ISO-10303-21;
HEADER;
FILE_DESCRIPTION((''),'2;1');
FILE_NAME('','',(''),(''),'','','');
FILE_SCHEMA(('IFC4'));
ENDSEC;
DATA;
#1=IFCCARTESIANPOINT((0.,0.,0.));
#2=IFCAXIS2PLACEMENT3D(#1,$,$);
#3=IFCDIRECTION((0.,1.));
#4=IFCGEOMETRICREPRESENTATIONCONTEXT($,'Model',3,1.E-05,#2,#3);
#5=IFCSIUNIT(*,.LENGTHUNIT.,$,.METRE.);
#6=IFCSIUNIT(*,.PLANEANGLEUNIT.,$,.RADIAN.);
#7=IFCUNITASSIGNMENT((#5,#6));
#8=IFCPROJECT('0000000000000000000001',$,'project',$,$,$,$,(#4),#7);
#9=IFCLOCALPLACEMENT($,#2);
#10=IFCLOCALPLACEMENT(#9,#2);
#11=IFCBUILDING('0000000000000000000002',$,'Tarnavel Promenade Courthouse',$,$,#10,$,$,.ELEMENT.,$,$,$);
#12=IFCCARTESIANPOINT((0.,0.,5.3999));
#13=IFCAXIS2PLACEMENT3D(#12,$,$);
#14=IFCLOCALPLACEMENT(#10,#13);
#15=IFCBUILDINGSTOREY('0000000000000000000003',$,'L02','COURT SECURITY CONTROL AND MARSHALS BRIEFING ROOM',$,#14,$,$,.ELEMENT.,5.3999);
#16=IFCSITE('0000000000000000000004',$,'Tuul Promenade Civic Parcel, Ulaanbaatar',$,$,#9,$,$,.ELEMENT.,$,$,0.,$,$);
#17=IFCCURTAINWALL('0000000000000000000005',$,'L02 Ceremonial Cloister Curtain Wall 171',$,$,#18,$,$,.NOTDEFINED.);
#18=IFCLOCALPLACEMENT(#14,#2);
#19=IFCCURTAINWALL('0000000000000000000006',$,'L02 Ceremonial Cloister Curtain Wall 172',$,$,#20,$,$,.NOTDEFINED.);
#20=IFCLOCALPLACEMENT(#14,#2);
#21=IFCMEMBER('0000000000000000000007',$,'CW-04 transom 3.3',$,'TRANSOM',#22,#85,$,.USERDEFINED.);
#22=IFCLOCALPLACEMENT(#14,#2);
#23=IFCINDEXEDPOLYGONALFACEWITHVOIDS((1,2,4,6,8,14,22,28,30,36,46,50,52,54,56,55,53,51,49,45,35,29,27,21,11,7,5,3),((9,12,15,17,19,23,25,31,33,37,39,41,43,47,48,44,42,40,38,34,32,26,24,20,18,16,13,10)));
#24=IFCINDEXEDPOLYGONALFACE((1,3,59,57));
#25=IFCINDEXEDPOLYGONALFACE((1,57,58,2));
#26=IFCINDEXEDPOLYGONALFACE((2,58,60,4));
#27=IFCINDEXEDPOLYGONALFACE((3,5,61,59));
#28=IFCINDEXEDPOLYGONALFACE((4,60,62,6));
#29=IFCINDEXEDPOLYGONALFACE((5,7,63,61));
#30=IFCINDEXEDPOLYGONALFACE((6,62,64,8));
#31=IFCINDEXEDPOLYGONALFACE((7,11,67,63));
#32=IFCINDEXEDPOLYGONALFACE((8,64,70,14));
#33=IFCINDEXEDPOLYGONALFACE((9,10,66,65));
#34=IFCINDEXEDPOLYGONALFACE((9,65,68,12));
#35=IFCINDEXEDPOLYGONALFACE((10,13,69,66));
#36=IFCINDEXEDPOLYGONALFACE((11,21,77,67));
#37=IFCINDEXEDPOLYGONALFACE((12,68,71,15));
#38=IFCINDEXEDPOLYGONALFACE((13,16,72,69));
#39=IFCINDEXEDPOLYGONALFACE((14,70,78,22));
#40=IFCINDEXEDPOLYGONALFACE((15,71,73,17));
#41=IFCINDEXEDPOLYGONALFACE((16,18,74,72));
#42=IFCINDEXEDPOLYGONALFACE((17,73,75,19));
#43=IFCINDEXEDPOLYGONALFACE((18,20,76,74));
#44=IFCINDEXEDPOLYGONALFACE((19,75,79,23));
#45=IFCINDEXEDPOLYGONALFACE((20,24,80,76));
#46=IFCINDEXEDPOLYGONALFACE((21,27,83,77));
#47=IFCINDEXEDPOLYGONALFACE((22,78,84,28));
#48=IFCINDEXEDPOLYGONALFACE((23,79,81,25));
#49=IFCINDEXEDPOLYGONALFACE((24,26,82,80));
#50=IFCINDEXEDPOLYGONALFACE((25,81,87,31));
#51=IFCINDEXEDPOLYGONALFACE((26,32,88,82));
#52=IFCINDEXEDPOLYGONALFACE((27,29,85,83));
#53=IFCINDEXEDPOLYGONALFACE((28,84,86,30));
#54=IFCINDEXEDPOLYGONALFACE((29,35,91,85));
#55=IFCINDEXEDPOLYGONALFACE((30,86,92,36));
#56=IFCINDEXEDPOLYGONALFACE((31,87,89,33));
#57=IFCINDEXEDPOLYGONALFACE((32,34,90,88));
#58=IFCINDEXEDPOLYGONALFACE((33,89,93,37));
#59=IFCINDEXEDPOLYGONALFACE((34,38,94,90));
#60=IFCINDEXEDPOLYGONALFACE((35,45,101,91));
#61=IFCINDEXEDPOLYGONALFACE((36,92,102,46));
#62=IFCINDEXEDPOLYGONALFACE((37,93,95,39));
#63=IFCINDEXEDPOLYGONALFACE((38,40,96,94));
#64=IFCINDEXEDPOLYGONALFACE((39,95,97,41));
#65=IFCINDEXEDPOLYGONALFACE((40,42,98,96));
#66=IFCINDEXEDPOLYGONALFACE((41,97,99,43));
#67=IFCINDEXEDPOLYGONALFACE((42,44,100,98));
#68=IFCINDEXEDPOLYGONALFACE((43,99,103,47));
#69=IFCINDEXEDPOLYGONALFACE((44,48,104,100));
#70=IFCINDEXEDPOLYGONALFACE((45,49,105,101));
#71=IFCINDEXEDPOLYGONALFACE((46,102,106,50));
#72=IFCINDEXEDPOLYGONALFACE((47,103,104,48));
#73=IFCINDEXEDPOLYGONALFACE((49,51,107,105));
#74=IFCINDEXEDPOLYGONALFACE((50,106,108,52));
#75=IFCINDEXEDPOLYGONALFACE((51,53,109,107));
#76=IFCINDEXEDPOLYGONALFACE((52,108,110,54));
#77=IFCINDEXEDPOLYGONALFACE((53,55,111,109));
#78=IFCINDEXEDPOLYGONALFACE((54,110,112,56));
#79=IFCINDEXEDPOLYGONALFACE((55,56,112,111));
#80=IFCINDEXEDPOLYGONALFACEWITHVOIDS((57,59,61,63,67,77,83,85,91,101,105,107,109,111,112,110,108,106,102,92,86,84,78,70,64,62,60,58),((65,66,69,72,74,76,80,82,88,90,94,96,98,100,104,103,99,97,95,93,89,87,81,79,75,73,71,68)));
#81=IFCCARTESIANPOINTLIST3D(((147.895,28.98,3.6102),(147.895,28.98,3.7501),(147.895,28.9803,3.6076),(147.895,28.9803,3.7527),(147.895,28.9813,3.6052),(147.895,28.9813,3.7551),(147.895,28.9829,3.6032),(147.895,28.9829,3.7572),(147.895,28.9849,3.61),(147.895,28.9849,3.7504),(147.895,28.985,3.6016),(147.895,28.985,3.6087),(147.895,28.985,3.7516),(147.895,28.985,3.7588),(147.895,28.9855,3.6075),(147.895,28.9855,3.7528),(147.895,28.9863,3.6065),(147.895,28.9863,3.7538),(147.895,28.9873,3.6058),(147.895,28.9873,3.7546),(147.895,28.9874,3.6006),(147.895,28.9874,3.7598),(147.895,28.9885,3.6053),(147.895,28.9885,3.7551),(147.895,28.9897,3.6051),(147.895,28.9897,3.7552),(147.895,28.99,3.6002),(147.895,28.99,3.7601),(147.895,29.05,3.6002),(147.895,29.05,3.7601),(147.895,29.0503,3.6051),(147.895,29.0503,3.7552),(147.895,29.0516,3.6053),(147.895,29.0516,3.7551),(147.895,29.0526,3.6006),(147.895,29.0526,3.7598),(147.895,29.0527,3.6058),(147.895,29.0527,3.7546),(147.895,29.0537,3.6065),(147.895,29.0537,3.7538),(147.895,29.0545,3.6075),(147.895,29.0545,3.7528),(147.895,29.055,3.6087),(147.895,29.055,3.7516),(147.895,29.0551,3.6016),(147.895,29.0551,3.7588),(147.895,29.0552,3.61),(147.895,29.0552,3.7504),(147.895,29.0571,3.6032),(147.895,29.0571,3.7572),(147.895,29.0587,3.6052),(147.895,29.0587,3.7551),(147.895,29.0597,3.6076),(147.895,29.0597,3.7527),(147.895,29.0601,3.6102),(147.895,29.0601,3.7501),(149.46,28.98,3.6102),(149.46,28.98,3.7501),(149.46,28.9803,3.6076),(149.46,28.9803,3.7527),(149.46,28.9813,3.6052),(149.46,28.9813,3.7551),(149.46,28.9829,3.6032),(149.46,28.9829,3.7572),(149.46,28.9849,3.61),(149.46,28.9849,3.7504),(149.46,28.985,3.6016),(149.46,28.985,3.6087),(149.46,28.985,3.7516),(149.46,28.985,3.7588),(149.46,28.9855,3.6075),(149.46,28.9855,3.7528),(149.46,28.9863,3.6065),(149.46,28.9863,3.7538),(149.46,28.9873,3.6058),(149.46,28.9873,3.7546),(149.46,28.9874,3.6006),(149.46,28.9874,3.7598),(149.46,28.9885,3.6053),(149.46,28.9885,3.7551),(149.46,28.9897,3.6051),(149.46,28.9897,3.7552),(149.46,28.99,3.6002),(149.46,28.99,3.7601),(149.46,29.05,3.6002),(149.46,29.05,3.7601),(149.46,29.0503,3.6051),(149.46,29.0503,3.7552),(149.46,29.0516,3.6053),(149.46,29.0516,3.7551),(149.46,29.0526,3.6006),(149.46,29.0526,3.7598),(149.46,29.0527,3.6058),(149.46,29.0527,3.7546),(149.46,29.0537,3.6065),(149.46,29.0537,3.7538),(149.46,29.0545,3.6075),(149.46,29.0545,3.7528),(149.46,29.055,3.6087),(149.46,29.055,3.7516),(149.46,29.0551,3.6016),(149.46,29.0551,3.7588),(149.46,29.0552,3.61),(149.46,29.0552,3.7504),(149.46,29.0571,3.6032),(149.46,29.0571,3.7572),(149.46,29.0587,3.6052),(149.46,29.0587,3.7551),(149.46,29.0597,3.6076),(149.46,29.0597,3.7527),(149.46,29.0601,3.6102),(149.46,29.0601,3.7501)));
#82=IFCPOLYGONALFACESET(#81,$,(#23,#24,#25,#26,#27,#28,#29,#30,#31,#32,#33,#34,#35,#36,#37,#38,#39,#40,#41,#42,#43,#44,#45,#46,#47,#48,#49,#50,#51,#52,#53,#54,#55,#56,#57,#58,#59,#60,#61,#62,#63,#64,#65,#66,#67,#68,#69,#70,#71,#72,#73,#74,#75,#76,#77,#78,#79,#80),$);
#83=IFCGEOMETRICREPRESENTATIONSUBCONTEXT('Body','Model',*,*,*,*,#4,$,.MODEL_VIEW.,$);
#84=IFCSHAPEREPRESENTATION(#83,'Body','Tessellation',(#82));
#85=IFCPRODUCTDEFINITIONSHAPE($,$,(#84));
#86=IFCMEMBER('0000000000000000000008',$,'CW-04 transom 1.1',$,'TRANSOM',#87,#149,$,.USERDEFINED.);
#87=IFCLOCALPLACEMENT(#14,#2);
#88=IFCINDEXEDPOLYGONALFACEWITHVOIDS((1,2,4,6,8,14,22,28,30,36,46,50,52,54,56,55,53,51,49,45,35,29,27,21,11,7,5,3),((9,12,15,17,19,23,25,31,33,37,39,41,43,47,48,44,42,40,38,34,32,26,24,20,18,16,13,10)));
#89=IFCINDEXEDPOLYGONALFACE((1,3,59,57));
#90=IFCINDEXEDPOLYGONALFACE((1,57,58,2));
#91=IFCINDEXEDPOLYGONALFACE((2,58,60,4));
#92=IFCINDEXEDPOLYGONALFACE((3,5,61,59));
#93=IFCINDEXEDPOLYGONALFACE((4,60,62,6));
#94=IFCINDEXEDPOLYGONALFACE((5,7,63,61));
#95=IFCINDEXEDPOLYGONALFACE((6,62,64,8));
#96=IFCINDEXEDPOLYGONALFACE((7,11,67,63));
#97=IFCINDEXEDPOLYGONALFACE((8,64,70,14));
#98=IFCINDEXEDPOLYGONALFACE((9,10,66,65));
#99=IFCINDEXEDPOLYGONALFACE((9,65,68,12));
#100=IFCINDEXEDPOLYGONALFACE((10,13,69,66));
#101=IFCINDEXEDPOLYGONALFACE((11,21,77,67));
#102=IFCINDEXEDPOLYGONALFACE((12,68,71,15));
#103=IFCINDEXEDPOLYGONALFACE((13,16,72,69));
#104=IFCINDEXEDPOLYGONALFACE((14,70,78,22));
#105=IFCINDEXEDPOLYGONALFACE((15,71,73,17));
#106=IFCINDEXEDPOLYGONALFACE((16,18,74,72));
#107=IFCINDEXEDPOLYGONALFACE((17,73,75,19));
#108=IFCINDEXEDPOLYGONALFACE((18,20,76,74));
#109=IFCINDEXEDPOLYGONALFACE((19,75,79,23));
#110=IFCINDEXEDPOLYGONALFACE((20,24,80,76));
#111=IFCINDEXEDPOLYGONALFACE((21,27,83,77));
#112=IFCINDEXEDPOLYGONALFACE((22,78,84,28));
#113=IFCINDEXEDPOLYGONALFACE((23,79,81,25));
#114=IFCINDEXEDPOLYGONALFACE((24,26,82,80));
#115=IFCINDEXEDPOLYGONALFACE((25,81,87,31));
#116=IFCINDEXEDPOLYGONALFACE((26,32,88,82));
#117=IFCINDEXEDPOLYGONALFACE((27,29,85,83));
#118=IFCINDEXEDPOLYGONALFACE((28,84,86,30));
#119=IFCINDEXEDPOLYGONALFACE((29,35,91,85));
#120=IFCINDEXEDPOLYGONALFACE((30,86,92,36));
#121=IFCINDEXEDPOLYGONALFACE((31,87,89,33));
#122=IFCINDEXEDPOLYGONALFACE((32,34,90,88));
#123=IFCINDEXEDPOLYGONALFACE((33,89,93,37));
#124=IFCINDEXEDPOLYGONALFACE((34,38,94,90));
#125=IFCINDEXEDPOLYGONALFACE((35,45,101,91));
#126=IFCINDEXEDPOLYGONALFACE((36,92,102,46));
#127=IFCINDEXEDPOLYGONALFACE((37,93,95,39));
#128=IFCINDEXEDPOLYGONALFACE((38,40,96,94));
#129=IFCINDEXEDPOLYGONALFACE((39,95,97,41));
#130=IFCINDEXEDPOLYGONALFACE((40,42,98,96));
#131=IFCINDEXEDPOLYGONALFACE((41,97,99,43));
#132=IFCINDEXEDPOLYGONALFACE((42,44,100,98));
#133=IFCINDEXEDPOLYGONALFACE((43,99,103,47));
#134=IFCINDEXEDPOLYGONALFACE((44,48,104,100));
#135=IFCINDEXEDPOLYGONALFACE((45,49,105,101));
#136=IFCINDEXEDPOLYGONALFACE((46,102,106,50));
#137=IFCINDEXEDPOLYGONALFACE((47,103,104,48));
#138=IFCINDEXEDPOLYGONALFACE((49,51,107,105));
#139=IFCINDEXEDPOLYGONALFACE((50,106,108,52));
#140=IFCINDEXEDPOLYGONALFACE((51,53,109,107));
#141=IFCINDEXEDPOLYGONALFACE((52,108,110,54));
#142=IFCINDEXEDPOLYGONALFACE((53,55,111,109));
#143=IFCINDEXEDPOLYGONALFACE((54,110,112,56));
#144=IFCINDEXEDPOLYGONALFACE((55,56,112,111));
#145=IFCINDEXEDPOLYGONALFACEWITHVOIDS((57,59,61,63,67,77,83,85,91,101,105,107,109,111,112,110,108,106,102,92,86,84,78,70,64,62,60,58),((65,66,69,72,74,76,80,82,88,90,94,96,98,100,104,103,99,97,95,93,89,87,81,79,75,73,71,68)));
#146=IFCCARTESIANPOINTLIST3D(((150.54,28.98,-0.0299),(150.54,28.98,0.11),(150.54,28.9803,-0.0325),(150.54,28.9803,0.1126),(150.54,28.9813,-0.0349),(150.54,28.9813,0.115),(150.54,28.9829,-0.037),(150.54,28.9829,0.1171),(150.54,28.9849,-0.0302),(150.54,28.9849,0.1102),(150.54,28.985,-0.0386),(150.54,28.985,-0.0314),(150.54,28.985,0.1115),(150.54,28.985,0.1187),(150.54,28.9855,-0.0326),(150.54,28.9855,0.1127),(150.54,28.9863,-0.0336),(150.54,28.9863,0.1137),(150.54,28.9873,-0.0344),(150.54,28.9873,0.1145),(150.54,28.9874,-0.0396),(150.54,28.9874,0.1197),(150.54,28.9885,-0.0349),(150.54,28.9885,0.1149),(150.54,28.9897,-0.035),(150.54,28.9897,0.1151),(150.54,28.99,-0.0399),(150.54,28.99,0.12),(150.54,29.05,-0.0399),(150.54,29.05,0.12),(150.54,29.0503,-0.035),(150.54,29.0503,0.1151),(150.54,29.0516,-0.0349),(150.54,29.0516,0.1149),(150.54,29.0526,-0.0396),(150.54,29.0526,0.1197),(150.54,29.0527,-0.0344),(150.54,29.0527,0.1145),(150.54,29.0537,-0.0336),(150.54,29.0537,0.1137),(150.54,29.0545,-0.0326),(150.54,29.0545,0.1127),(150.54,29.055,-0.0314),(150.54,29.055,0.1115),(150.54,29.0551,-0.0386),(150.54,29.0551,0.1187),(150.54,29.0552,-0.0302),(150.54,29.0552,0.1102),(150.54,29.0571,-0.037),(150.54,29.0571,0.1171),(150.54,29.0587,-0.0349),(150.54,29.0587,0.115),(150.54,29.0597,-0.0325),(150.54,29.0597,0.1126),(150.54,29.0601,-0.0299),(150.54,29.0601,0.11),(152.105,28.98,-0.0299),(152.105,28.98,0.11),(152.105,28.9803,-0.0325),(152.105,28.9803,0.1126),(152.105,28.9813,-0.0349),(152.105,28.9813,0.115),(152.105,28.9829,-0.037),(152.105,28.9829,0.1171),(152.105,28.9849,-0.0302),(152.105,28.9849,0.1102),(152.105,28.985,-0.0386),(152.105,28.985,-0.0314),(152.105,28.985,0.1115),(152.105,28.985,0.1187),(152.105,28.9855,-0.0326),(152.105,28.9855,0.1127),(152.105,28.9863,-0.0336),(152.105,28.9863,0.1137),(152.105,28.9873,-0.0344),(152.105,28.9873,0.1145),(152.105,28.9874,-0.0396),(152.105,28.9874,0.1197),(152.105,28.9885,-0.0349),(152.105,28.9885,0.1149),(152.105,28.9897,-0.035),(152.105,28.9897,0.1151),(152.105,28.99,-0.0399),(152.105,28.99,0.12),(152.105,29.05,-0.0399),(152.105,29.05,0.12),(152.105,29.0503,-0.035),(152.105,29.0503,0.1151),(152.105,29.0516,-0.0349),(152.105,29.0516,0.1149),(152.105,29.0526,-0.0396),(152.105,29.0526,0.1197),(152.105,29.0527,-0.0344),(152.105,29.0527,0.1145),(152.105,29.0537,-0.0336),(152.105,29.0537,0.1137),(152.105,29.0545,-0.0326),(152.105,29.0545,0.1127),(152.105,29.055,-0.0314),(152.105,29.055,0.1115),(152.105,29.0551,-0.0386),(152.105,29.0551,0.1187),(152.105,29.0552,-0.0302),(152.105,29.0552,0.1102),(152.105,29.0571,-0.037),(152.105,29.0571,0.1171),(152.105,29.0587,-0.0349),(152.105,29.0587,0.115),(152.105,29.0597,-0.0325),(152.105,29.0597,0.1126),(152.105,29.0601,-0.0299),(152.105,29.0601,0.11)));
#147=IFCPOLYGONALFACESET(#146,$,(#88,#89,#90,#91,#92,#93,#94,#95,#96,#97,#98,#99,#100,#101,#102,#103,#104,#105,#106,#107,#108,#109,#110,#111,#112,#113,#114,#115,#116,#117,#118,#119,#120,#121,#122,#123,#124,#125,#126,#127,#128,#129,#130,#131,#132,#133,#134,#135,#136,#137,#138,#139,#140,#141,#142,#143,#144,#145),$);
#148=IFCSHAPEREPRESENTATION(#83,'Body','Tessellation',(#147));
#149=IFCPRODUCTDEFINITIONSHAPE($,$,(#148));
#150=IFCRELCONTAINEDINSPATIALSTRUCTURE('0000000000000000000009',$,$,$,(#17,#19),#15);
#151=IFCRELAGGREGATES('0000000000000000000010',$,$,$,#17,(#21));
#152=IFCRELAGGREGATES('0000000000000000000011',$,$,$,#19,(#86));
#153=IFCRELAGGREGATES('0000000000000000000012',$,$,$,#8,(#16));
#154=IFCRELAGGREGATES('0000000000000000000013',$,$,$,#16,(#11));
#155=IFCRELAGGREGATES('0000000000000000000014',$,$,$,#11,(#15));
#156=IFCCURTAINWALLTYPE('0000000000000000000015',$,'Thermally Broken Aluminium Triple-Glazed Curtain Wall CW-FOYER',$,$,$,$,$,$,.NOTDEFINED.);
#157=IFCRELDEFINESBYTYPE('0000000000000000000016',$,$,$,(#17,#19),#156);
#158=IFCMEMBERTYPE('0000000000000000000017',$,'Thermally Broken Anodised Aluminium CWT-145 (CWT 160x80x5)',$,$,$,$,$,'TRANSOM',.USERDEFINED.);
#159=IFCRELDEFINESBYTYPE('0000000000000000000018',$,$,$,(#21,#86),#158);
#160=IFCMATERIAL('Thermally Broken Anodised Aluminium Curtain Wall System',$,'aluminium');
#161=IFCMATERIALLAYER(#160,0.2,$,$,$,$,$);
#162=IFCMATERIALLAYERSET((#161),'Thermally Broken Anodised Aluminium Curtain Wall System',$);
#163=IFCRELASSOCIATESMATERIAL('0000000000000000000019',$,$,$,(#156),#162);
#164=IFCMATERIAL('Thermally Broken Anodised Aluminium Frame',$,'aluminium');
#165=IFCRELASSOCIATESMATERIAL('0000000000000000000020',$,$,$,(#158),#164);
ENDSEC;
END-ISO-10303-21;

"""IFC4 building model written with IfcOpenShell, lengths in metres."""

from ifc_helpers import new_model, si_unit, direction, frame, origin, origin_2d, place, context, subcontext, project, spatial, hollow_rectangle, extrude, material, layer, layer_set, material_profile, profile_set, type_object, element, aggregate, save


model = new_model("IFC4")

# Units and contexts
model_context = context("Model", 3, precision=1e-05, world=origin(), true_north=direction((0.0, 1.0)))
body_context = subcontext(model_context, "Body", "Model", "MODEL_VIEW")
ifc_project = project(units=[si_unit("LENGTHUNIT", "METRE"), si_unit("PLANEANGLEUNIT", "RADIAN")], contexts=[model_context])

# Site, building, storey
site_placement = place(None, origin())
site = spatial("IfcSite", under=ifc_project, at=site_placement, Name="Tuul Promenade Civic Parcel, Ulaanbaatar", CompositionType="ELEMENT", RefElevation=0.0)
building_placement = place(site_placement, origin())
building = spatial("IfcBuilding", under=site, at=building_placement, Name="Tarnavel Promenade Courthouse", CompositionType="ELEMENT")
storey_placement = place(building_placement, frame((0.0, 0.0, 5.3999)))
storey = spatial("IfcBuildingStorey", under=building, at=storey_placement, Name="L02", Description="COURT SECURITY CONTROL AND MARSHALS BRIEFING ROOM", CompositionType="ELEMENT", Elevation=5.3999)

# Curtain walls
ifc_material_1 = material(Name="Thermally Broken Anodised Aluminium Curtain Wall System", Category="aluminium")
ifc_layer_1 = layer(ifc_material_1, 0.2)
ifc_layer_set_1 = layer_set([ifc_layer_1], Name="Thermally Broken Anodised Aluminium Curtain Wall System")
curtain_wall_type = type_object("IfcCurtainWallType", Name="Thermally Broken Aluminium Triple-Glazed Curtain Wall CW-FOYER", PredefinedType="NOTDEFINED", material=ifc_layer_set_1)
curtain_wall_1_placement = place(storey_placement, origin())
curtain_wall_1 = element("IfcCurtainWall", 1, at=curtain_wall_1_placement, inside=storey, type_object=curtain_wall_type, Name="L02 Ceremonial Cloister Curtain Wall 171", PredefinedType="NOTDEFINED")
ifc_material_2 = material(Name="Thermally Broken Anodised Aluminium Frame", Category="aluminium")
curtain_wall_2_placement = place(storey_placement, origin())
curtain_wall_2 = element("IfcCurtainWall", 2, at=curtain_wall_2_placement, inside=storey, type_object=curtain_wall_type, Name="L02 Ceremonial Cloister Curtain Wall 172", PredefinedType="NOTDEFINED")

# Members
ifc_material_profile_1 = material_profile(ifc_material_2, hollow_rectangle(XDim=0.0801, YDim=0.1599, WallThickness=0.0049, InnerFilletRadius=0.0049, OuterFilletRadius=0.01, at=origin_2d()), Name="CWT 160x80x5")
ifc_profile_set_1 = profile_set([ifc_material_profile_1], Name="Thermally Broken Anodised Aluminium Frame")
member_type_1 = type_object("IfcMemberType", Name="Thermally Broken Anodised Aluminium CWT-145 (CWT 160x80x5)", ElementType="TRANSOM", PredefinedType="USERDEFINED", material=ifc_profile_set_1)
member_1_placement = place(storey_placement, frame((147.895, 29.02, 3.6802), z_axis=(1.0, 0.0, 0.0), x_axis=(0.0, 1.0, 0.0)))
member_1 = element("IfcMember", 3, at=member_1_placement, type_object=member_type_1, Name="CW-04 transom 3.3", ObjectType="TRANSOM", PredefinedType="USERDEFINED", context=body_context, shape_type="SweptSolid", body=[
    extrude(hollow_rectangle(XDim=0.0801, YDim=0.1599, WallThickness=0.0049, InnerFilletRadius=0.0049, OuterFilletRadius=0.01, at=origin_2d()), origin(), (0.0, 0.0, 1.0), 1.5649),
])
member_2_placement = place(storey_placement, frame((150.54, 29.02, 0.04), z_axis=(1.0, 0.0, 0.0), x_axis=(0.0, 1.0, 0.0)))
member_2 = element("IfcMember", 4, at=member_2_placement, type_object=member_type_1, Name="CW-04 transom 1.1", ObjectType="TRANSOM", PredefinedType="USERDEFINED", context=body_context, shape_type="SweptSolid", body=[
    extrude(hollow_rectangle(XDim=0.0801, YDim=0.1599, WallThickness=0.0049, InnerFilletRadius=0.0049, OuterFilletRadius=0.01, at=origin_2d()), origin(), (0.0, 0.0, 1.0), 1.5649),
])

aggregate(curtain_wall_1, [member_1])
aggregate(curtain_wall_2, [member_2])

save(model, "model.ifc")
